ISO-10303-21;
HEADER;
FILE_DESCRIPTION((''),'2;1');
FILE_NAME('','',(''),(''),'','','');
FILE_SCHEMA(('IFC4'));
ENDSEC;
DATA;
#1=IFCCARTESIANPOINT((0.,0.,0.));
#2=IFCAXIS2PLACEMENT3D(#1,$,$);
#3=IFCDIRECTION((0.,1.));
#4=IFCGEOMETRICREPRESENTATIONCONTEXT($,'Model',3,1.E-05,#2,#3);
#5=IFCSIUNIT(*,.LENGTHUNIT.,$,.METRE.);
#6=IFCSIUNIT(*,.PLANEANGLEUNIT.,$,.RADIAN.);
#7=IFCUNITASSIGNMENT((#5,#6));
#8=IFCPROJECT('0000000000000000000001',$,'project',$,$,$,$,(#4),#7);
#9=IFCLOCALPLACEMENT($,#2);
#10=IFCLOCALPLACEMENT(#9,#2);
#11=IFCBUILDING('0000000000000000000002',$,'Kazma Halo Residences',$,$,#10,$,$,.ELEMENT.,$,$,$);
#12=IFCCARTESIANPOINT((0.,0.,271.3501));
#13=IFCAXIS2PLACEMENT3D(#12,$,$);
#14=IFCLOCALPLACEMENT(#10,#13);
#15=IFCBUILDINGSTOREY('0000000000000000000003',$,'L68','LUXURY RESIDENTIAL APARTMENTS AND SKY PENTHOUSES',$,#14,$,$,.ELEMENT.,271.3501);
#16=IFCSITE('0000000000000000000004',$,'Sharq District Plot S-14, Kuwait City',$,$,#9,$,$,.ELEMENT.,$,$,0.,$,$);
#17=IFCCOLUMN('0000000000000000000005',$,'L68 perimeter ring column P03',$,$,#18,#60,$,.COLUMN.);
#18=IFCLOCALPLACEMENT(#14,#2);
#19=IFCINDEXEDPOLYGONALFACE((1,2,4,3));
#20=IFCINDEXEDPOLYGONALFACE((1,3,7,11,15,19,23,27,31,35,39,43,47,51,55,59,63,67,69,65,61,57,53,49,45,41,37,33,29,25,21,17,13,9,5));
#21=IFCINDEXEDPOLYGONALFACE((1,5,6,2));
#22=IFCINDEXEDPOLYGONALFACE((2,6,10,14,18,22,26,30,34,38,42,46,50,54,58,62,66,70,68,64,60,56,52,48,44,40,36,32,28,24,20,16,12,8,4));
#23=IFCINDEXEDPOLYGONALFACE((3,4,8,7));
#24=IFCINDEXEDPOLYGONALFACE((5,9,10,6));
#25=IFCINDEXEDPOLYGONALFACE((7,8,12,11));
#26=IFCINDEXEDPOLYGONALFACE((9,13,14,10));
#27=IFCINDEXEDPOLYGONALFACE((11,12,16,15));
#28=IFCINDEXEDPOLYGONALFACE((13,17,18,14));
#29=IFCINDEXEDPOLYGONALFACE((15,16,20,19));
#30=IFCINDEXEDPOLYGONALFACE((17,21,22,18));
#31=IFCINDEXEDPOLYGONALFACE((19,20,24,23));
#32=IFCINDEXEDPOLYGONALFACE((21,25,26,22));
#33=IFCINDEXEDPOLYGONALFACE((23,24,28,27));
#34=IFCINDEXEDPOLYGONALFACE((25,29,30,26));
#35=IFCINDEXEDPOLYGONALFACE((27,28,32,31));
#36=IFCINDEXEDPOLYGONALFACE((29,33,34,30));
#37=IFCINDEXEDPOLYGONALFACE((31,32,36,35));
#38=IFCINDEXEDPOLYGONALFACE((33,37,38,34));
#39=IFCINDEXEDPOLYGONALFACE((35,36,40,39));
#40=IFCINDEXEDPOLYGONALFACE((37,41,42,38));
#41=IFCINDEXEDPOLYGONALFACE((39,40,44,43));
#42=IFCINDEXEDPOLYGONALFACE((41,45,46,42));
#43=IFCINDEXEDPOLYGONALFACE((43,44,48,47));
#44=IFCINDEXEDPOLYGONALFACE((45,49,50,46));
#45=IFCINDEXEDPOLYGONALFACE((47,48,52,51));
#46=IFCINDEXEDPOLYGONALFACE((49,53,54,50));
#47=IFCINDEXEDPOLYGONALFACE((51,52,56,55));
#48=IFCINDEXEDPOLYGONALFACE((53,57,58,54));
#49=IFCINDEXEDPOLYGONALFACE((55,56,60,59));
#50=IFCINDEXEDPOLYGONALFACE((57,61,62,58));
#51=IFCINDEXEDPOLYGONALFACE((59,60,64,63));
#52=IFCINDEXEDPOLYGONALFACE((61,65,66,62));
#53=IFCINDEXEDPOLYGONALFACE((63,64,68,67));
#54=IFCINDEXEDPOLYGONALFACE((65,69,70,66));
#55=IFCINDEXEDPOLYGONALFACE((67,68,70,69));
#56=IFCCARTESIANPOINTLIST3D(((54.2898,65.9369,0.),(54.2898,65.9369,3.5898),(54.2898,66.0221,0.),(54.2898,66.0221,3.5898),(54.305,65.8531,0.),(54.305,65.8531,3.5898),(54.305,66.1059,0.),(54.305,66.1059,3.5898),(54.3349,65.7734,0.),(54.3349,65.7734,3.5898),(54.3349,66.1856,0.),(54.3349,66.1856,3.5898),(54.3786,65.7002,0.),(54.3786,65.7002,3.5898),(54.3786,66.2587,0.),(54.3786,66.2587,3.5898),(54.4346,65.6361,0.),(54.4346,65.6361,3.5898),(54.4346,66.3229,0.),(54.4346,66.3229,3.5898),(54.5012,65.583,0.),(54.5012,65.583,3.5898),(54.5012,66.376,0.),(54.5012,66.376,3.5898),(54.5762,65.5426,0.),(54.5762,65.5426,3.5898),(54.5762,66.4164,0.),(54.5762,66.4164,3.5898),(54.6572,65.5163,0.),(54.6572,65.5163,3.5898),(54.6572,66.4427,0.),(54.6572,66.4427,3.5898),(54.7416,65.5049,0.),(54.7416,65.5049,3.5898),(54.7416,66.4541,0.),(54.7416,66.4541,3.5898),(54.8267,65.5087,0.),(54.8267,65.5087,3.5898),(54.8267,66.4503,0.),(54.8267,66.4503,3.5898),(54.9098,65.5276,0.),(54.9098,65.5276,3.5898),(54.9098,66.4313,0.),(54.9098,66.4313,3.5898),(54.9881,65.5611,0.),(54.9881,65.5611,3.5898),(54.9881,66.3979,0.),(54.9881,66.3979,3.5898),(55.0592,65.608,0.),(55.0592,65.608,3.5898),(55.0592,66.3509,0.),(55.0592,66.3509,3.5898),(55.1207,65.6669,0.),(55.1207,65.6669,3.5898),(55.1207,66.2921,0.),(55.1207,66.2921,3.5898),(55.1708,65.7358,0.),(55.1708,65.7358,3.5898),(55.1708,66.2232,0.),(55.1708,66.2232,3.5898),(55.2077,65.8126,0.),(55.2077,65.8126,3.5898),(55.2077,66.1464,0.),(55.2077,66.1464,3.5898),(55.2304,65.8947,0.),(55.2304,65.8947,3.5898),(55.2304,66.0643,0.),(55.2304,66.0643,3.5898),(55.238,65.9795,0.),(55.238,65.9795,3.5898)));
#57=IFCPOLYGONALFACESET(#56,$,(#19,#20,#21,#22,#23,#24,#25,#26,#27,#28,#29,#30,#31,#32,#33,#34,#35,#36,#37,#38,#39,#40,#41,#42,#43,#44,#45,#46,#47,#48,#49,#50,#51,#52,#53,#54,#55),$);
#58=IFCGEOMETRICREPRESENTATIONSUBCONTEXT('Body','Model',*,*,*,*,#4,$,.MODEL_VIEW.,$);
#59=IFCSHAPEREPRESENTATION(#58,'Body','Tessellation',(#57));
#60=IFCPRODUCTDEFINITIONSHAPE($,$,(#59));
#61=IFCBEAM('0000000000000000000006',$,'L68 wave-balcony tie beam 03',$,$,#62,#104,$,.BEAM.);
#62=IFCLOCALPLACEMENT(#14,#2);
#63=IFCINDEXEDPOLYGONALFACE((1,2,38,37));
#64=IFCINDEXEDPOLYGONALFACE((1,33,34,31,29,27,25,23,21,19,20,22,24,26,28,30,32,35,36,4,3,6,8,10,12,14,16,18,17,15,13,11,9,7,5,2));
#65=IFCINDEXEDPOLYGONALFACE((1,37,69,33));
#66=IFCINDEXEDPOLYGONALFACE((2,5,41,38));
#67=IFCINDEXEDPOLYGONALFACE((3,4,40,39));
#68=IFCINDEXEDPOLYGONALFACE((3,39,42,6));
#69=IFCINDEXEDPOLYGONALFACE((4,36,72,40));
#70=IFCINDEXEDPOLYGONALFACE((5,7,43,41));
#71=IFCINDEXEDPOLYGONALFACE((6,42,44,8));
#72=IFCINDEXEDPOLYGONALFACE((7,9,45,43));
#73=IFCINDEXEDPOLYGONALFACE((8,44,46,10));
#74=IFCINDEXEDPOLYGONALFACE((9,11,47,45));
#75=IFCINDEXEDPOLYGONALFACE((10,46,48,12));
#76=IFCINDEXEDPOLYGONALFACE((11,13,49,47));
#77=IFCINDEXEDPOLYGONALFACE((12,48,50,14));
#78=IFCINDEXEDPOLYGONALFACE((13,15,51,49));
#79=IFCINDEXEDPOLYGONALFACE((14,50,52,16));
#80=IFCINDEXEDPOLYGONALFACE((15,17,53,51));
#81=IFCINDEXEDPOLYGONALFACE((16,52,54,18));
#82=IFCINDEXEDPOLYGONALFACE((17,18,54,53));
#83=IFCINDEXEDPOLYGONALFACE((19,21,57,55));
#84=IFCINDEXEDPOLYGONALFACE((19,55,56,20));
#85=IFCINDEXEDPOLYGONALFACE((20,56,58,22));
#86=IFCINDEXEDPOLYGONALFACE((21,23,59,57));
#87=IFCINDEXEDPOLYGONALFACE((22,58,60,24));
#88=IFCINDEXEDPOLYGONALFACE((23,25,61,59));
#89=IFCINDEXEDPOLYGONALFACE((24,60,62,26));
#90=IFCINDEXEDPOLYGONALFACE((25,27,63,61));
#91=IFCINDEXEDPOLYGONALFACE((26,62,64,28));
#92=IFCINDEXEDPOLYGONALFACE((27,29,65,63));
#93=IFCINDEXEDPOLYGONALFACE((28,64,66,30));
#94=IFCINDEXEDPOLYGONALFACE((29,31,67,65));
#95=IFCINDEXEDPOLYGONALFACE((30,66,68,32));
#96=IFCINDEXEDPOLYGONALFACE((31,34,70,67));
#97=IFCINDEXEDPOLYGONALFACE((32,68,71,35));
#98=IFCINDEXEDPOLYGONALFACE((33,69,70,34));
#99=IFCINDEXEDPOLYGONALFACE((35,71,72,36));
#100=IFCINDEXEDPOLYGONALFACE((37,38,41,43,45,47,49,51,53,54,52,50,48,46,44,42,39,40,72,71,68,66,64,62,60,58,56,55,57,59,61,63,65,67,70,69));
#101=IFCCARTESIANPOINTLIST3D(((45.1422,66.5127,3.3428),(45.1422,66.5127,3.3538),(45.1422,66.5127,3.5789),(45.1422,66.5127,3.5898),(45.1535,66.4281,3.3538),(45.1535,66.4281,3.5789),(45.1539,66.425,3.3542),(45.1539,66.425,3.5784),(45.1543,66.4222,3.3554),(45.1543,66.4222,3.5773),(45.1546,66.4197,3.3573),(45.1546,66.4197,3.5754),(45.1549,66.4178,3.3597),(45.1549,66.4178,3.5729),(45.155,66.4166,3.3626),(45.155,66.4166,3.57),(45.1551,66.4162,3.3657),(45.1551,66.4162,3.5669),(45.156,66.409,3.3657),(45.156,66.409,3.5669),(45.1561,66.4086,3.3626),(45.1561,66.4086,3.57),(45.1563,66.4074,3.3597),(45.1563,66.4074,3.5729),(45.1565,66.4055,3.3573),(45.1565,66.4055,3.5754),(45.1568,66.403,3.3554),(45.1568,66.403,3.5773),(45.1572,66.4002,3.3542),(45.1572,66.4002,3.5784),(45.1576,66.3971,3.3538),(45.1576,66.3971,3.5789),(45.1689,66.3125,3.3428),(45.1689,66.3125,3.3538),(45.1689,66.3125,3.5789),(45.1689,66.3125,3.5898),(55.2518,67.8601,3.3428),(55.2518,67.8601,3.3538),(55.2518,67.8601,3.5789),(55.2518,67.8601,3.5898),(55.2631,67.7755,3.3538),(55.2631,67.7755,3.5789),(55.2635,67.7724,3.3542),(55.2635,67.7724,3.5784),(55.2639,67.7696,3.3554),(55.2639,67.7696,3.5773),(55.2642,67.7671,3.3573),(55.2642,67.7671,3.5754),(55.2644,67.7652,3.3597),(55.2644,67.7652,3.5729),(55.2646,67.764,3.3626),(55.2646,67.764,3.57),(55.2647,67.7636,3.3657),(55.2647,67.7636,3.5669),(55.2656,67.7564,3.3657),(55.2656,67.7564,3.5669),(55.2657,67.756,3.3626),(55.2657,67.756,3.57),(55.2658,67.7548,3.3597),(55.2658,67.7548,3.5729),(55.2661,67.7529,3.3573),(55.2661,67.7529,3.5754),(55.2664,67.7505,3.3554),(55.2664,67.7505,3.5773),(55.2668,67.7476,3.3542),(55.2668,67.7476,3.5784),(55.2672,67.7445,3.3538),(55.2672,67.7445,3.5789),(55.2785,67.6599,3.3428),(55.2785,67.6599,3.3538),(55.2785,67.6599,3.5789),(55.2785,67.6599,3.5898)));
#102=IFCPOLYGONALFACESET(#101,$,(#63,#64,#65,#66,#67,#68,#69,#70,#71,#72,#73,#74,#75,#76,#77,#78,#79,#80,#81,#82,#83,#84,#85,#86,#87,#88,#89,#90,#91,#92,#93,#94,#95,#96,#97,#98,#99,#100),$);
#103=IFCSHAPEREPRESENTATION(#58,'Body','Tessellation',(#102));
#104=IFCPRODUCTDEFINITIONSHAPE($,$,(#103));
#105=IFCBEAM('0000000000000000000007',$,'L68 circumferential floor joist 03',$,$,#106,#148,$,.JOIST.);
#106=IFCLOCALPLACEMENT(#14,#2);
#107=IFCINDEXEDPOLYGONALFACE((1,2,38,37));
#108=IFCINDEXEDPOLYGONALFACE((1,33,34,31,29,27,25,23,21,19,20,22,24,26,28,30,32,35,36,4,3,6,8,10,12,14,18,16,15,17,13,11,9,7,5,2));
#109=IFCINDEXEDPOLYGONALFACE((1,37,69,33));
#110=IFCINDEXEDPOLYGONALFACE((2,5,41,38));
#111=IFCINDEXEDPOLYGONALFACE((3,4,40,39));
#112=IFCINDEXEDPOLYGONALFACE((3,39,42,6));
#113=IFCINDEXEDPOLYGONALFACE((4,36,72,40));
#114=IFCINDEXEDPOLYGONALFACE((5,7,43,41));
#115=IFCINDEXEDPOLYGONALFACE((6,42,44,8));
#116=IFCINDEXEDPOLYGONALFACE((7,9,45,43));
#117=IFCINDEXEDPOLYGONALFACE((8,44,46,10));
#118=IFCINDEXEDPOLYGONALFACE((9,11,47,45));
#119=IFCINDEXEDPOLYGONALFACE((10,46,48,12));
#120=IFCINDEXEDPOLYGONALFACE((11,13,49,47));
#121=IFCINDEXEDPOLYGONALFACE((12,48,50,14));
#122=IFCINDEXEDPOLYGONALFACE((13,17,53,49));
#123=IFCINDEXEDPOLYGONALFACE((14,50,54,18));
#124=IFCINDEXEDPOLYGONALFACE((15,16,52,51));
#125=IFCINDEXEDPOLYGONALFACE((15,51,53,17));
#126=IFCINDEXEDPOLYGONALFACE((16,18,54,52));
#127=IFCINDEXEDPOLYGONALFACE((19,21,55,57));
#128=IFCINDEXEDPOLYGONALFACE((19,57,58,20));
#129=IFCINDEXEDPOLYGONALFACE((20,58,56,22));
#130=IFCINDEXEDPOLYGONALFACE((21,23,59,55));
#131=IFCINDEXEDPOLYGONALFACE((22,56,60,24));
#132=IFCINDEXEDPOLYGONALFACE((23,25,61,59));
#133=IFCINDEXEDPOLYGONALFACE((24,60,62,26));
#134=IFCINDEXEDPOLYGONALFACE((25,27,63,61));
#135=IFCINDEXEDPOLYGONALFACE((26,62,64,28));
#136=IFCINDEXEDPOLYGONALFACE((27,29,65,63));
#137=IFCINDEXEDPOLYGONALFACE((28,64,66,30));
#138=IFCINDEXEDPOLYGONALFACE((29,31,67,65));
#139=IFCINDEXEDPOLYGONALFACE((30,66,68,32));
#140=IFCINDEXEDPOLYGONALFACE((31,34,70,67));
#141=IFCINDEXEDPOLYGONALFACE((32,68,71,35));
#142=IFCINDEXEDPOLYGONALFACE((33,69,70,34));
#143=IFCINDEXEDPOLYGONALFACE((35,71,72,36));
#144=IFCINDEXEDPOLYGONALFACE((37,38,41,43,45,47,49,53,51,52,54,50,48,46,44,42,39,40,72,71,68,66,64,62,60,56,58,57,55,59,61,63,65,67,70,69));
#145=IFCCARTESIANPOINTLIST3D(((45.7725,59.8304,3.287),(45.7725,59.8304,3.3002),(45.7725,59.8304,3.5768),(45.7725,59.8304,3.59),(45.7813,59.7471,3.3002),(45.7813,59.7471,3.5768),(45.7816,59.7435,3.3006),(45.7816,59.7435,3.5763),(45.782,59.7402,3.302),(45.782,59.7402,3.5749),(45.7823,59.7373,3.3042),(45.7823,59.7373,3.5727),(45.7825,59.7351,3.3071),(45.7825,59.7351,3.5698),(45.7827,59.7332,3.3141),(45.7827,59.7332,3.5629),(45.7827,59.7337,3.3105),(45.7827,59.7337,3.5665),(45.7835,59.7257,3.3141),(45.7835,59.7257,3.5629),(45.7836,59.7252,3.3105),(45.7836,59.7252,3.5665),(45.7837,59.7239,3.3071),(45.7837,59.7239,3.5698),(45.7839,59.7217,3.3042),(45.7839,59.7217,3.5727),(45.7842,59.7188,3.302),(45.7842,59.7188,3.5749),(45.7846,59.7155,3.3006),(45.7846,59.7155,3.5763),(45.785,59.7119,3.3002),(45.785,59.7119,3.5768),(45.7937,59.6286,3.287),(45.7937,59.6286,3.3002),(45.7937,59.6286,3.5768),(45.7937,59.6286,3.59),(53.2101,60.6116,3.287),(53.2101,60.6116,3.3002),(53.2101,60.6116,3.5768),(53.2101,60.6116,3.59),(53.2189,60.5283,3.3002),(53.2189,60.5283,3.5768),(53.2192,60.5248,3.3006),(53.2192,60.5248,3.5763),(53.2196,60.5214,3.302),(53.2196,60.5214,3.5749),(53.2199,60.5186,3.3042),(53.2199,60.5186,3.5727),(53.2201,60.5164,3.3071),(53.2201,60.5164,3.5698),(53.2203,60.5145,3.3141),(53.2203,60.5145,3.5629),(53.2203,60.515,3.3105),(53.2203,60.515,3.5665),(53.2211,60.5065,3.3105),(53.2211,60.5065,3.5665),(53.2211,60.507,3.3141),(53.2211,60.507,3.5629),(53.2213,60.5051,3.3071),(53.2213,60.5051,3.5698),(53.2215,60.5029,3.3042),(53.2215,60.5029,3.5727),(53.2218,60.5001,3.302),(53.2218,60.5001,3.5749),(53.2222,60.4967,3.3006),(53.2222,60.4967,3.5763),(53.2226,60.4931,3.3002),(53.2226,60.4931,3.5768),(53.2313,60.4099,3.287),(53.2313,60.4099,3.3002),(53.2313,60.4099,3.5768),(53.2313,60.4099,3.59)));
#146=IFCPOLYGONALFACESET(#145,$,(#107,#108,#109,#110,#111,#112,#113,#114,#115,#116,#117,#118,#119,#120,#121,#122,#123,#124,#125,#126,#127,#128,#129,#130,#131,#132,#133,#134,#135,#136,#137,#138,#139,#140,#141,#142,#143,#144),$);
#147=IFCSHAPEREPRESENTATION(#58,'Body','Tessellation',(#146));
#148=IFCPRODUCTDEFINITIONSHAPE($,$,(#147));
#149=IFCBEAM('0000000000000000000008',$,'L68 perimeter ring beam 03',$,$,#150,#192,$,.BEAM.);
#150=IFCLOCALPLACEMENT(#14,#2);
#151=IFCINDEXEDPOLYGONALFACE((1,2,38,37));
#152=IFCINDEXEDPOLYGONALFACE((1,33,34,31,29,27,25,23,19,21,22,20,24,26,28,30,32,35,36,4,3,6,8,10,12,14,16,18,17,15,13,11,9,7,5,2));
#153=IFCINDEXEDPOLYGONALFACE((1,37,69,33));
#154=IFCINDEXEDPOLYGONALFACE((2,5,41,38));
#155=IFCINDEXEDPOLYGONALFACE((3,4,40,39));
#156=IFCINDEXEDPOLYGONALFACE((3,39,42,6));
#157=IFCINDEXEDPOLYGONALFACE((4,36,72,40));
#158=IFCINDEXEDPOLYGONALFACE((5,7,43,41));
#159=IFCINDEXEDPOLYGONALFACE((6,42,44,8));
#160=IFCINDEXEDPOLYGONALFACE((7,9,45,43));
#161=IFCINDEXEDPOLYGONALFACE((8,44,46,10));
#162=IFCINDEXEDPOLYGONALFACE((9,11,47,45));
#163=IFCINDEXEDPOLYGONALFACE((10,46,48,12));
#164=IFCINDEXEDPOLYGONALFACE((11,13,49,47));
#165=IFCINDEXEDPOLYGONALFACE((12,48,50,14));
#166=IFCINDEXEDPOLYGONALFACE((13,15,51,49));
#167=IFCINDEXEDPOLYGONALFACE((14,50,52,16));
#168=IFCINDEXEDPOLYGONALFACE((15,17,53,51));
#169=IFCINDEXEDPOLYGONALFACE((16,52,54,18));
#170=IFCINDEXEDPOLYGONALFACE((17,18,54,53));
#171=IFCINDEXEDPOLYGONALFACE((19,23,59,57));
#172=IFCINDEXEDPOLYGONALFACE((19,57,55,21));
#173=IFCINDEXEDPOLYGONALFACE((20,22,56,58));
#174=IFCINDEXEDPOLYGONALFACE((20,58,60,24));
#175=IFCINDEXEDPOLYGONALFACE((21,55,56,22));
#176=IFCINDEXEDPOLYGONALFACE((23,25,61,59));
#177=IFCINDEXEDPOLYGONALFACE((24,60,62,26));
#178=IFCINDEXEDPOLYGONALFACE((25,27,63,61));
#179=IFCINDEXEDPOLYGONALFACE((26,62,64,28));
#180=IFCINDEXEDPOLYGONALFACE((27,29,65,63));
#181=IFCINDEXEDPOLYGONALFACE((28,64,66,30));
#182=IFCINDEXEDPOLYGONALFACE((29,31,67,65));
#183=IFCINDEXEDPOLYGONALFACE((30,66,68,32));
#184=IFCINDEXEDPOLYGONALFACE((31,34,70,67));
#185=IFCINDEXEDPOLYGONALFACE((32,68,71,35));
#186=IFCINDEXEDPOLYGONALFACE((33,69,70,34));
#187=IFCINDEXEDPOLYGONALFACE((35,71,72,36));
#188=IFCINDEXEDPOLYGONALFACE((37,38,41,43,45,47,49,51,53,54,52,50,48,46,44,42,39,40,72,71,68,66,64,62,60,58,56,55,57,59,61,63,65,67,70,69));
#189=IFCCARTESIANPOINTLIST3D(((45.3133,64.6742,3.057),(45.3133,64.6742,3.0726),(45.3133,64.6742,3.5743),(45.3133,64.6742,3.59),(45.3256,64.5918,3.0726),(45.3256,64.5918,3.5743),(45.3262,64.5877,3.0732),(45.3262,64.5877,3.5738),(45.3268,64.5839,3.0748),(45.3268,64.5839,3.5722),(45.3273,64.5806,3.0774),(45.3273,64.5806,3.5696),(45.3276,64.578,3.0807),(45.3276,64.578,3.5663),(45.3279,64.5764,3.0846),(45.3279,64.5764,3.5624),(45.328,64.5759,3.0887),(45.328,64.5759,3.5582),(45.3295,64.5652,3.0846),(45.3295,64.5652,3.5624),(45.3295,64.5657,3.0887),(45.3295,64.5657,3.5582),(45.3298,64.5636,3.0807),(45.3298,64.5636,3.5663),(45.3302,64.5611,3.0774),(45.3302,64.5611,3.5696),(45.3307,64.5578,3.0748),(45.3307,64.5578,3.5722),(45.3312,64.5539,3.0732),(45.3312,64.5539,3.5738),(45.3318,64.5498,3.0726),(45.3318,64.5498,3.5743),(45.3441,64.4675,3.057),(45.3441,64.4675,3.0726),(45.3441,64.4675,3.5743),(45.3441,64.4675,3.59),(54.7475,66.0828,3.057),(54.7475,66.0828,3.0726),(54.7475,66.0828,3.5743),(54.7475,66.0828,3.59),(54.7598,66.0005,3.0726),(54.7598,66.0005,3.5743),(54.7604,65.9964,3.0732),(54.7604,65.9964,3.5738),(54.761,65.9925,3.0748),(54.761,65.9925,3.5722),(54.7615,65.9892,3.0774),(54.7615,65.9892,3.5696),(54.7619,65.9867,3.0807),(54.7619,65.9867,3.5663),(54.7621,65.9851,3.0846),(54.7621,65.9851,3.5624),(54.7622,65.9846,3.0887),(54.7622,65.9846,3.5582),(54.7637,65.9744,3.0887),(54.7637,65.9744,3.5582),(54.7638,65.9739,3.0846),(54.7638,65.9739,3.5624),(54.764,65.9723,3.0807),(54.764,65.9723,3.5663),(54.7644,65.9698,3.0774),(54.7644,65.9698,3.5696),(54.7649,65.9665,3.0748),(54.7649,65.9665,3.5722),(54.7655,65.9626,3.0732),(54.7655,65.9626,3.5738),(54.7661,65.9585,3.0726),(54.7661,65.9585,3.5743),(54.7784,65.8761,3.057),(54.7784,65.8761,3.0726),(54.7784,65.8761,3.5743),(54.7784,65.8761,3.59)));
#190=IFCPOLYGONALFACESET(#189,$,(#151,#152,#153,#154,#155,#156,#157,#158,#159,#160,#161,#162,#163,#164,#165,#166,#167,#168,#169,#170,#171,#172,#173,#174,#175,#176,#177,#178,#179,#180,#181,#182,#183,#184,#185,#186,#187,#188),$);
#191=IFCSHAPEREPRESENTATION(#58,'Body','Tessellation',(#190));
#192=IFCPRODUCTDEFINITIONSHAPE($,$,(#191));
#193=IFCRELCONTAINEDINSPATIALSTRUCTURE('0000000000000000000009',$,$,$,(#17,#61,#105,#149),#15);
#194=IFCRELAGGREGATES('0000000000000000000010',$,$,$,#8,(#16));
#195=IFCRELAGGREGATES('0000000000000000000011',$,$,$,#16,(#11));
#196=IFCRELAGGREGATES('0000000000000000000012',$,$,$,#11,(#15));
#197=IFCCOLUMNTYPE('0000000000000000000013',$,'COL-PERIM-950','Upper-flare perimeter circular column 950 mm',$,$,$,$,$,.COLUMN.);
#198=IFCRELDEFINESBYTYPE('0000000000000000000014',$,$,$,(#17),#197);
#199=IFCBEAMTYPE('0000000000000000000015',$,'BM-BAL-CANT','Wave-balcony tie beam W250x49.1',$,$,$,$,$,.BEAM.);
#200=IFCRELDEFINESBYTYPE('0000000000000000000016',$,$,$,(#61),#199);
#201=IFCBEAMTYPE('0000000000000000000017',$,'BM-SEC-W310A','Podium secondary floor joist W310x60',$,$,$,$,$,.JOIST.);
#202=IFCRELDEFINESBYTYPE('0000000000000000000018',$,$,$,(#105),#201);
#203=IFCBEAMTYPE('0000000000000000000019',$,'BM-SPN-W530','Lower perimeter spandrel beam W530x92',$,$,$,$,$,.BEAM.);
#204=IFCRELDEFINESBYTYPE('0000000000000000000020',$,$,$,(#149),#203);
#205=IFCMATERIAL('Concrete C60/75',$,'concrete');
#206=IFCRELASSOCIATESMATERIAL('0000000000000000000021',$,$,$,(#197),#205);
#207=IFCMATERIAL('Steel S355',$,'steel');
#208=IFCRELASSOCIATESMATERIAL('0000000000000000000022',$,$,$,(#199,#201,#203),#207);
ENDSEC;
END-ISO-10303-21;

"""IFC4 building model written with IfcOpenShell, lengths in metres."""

from ifc_helpers import new_model, si_unit, direction, frame, origin, origin_2d, place, context, subcontext, project, spatial, circle, i_section, extrude, material, material_profile, profile_set, type_object, element, save


model = new_model("IFC4")

# Units and contexts
model_context = context("Model", 3, precision=1e-05, world=origin(), true_north=direction((0.0, 1.0)))
body_context = subcontext(model_context, "Body", "Model", "MODEL_VIEW")
ifc_project = project(units=[si_unit("LENGTHUNIT", "METRE"), si_unit("PLANEANGLEUNIT", "RADIAN")], contexts=[model_context])

# Site, building, storey
site_placement = place(None, origin())
site = spatial("IfcSite", under=ifc_project, at=site_placement, Name="Sharq District Plot S-14, Kuwait City", CompositionType="ELEMENT", RefElevation=0.0)
building_placement = place(site_placement, origin())
building = spatial("IfcBuilding", under=site, at=building_placement, Name="Kazma Halo Residences", CompositionType="ELEMENT")
storey_placement = place(building_placement, frame((0.0, 0.0, 271.3501)))
storey = spatial("IfcBuildingStorey", under=building, at=storey_placement, Name="L68", Description="LUXURY RESIDENTIAL APARTMENTS AND SKY PENTHOUSES", CompositionType="ELEMENT", Elevation=271.3501)

# Column
ifc_material_1 = material(Name="Concrete C60/75", Category="concrete")
ifc_material_profile_1 = material_profile(ifc_material_1, circle(Radius=0.4751, at=origin_2d()), Name="CIRC950")
ifc_profile_set_1 = profile_set([ifc_material_profile_1], Name="Concrete C60/75")
column_type = type_object("IfcColumnType", Name="COL-PERIM-950", Description="Upper-flare perimeter circular column 950 mm", PredefinedType="COLUMN", material=ifc_profile_set_1)
column_placement = place(storey_placement, frame((54.7629, 65.9795, 0.0), z_axis=(0.0, 0.0, 1.0), x_axis=(1.0, 0.0, 0.0)))
element("IfcColumn", 1, at=column_placement, inside=storey, type_object=column_type, Name="L68 perimeter ring column P03", PredefinedType="COLUMN", context=body_context, shape_type="SweptSolid", body=[
    extrude(circle(Radius=0.4751, at=origin_2d()), origin(), (0.0, 0.0, 1.0), 3.5898),
])

# Beams
ifc_material_2 = material(Name="Steel S355", Category="steel")
ifc_material_profile_2 = material_profile(ifc_material_2, i_section(OverallWidth=0.2019, OverallDepth=0.2471, WebThickness=0.0073, FlangeThickness=0.011, FilletRadius=0.012, at=origin_2d()), Name="W250x49.1")
ifc_profile_set_2 = profile_set([ifc_material_profile_2], Name="Steel S355")
beam_type_1 = type_object("IfcBeamType", Name="BM-BAL-CANT", Description="Wave-balcony tie beam W250x49.1", PredefinedType="BEAM", material=ifc_profile_set_2)
beam_1_placement = place(storey_placement, frame((55.2651, 67.76, 3.4663), z_axis=(-0.991235, -0.132112, 0.0), x_axis=(0.132112, -0.991235, 0.0)))
element("IfcBeam", 2, at=beam_1_placement, inside=storey, type_object=beam_type_1, Name="L68 wave-balcony tie beam 03", PredefinedType="BEAM", context=body_context, shape_type="SweptSolid", body=[
    extrude(i_section(OverallWidth=0.2019, OverallDepth=0.2471, WebThickness=0.0073, FlangeThickness=0.011, FilletRadius=0.012, at=origin_2d()), origin(), (0.0, 0.0, 1.0), 10.199),
])
ifc_material_profile_3 = material_profile(ifc_material_2, i_section(OverallWidth=0.2029, OverallDepth=0.303, WebThickness=0.0076, FlangeThickness=0.0132, FilletRadius=0.0139, at=origin_2d()), Name="W310x60")
ifc_profile_set_3 = profile_set([ifc_material_profile_3], Name="Steel S355")
beam_type_2 = type_object("IfcBeamType", Name="BM-SEC-W310A", Description="Podium secondary floor joist W310x60", PredefinedType="JOIST", material=ifc_profile_set_3)
beam_2_placement = place(storey_placement, frame((53.2207, 60.5107, 3.4385), z_axis=(-0.994528, -0.104467, 0.0), x_axis=(0.104467, -0.994528, 0.0)))
element("IfcBeam", 3, at=beam_2_placement, inside=storey, type_object=beam_type_2, Name="L68 circumferential floor joist 03", PredefinedType="JOIST", context=body_context, shape_type="SweptSolid", body=[
    extrude(i_section(OverallWidth=0.2029, OverallDepth=0.303, WebThickness=0.0076, FlangeThickness=0.0132, FilletRadius=0.0139, at=origin_2d()), origin(), (0.0, 0.0, 1.0), 7.4785),
])
ifc_material_profile_4 = material_profile(ifc_material_2, i_section(OverallWidth=0.209, OverallDepth=0.533, WebThickness=0.0103, FlangeThickness=0.0156, FilletRadius=0.0161, at=origin_2d()), Name="W530x92")
ifc_profile_set_4 = profile_set([ifc_material_profile_4], Name="Steel S355")
beam_type_3 = type_object("IfcBeamType", Name="BM-SPN-W530", Description="Lower perimeter spandrel beam W530x92", PredefinedType="BEAM", material=ifc_profile_set_4)
beam_3_placement = place(storey_placement, frame((54.7629, 65.9795, 3.3235), z_axis=(-0.989035, -0.147678, 0.0), x_axis=(0.147678, -0.989035, 0.0)))
element("IfcBeam", 4, at=beam_3_placement, inside=storey, type_object=beam_type_3, Name="L68 perimeter ring beam 03", PredefinedType="BEAM", context=body_context, shape_type="SweptSolid", body=[
    extrude(i_section(OverallWidth=0.209, OverallDepth=0.533, WebThickness=0.0103, FlangeThickness=0.0156, FilletRadius=0.0161, at=origin_2d()), origin(), (0.0, 0.0, 1.0), 9.5388),
])

save(model, "model.ifc")
